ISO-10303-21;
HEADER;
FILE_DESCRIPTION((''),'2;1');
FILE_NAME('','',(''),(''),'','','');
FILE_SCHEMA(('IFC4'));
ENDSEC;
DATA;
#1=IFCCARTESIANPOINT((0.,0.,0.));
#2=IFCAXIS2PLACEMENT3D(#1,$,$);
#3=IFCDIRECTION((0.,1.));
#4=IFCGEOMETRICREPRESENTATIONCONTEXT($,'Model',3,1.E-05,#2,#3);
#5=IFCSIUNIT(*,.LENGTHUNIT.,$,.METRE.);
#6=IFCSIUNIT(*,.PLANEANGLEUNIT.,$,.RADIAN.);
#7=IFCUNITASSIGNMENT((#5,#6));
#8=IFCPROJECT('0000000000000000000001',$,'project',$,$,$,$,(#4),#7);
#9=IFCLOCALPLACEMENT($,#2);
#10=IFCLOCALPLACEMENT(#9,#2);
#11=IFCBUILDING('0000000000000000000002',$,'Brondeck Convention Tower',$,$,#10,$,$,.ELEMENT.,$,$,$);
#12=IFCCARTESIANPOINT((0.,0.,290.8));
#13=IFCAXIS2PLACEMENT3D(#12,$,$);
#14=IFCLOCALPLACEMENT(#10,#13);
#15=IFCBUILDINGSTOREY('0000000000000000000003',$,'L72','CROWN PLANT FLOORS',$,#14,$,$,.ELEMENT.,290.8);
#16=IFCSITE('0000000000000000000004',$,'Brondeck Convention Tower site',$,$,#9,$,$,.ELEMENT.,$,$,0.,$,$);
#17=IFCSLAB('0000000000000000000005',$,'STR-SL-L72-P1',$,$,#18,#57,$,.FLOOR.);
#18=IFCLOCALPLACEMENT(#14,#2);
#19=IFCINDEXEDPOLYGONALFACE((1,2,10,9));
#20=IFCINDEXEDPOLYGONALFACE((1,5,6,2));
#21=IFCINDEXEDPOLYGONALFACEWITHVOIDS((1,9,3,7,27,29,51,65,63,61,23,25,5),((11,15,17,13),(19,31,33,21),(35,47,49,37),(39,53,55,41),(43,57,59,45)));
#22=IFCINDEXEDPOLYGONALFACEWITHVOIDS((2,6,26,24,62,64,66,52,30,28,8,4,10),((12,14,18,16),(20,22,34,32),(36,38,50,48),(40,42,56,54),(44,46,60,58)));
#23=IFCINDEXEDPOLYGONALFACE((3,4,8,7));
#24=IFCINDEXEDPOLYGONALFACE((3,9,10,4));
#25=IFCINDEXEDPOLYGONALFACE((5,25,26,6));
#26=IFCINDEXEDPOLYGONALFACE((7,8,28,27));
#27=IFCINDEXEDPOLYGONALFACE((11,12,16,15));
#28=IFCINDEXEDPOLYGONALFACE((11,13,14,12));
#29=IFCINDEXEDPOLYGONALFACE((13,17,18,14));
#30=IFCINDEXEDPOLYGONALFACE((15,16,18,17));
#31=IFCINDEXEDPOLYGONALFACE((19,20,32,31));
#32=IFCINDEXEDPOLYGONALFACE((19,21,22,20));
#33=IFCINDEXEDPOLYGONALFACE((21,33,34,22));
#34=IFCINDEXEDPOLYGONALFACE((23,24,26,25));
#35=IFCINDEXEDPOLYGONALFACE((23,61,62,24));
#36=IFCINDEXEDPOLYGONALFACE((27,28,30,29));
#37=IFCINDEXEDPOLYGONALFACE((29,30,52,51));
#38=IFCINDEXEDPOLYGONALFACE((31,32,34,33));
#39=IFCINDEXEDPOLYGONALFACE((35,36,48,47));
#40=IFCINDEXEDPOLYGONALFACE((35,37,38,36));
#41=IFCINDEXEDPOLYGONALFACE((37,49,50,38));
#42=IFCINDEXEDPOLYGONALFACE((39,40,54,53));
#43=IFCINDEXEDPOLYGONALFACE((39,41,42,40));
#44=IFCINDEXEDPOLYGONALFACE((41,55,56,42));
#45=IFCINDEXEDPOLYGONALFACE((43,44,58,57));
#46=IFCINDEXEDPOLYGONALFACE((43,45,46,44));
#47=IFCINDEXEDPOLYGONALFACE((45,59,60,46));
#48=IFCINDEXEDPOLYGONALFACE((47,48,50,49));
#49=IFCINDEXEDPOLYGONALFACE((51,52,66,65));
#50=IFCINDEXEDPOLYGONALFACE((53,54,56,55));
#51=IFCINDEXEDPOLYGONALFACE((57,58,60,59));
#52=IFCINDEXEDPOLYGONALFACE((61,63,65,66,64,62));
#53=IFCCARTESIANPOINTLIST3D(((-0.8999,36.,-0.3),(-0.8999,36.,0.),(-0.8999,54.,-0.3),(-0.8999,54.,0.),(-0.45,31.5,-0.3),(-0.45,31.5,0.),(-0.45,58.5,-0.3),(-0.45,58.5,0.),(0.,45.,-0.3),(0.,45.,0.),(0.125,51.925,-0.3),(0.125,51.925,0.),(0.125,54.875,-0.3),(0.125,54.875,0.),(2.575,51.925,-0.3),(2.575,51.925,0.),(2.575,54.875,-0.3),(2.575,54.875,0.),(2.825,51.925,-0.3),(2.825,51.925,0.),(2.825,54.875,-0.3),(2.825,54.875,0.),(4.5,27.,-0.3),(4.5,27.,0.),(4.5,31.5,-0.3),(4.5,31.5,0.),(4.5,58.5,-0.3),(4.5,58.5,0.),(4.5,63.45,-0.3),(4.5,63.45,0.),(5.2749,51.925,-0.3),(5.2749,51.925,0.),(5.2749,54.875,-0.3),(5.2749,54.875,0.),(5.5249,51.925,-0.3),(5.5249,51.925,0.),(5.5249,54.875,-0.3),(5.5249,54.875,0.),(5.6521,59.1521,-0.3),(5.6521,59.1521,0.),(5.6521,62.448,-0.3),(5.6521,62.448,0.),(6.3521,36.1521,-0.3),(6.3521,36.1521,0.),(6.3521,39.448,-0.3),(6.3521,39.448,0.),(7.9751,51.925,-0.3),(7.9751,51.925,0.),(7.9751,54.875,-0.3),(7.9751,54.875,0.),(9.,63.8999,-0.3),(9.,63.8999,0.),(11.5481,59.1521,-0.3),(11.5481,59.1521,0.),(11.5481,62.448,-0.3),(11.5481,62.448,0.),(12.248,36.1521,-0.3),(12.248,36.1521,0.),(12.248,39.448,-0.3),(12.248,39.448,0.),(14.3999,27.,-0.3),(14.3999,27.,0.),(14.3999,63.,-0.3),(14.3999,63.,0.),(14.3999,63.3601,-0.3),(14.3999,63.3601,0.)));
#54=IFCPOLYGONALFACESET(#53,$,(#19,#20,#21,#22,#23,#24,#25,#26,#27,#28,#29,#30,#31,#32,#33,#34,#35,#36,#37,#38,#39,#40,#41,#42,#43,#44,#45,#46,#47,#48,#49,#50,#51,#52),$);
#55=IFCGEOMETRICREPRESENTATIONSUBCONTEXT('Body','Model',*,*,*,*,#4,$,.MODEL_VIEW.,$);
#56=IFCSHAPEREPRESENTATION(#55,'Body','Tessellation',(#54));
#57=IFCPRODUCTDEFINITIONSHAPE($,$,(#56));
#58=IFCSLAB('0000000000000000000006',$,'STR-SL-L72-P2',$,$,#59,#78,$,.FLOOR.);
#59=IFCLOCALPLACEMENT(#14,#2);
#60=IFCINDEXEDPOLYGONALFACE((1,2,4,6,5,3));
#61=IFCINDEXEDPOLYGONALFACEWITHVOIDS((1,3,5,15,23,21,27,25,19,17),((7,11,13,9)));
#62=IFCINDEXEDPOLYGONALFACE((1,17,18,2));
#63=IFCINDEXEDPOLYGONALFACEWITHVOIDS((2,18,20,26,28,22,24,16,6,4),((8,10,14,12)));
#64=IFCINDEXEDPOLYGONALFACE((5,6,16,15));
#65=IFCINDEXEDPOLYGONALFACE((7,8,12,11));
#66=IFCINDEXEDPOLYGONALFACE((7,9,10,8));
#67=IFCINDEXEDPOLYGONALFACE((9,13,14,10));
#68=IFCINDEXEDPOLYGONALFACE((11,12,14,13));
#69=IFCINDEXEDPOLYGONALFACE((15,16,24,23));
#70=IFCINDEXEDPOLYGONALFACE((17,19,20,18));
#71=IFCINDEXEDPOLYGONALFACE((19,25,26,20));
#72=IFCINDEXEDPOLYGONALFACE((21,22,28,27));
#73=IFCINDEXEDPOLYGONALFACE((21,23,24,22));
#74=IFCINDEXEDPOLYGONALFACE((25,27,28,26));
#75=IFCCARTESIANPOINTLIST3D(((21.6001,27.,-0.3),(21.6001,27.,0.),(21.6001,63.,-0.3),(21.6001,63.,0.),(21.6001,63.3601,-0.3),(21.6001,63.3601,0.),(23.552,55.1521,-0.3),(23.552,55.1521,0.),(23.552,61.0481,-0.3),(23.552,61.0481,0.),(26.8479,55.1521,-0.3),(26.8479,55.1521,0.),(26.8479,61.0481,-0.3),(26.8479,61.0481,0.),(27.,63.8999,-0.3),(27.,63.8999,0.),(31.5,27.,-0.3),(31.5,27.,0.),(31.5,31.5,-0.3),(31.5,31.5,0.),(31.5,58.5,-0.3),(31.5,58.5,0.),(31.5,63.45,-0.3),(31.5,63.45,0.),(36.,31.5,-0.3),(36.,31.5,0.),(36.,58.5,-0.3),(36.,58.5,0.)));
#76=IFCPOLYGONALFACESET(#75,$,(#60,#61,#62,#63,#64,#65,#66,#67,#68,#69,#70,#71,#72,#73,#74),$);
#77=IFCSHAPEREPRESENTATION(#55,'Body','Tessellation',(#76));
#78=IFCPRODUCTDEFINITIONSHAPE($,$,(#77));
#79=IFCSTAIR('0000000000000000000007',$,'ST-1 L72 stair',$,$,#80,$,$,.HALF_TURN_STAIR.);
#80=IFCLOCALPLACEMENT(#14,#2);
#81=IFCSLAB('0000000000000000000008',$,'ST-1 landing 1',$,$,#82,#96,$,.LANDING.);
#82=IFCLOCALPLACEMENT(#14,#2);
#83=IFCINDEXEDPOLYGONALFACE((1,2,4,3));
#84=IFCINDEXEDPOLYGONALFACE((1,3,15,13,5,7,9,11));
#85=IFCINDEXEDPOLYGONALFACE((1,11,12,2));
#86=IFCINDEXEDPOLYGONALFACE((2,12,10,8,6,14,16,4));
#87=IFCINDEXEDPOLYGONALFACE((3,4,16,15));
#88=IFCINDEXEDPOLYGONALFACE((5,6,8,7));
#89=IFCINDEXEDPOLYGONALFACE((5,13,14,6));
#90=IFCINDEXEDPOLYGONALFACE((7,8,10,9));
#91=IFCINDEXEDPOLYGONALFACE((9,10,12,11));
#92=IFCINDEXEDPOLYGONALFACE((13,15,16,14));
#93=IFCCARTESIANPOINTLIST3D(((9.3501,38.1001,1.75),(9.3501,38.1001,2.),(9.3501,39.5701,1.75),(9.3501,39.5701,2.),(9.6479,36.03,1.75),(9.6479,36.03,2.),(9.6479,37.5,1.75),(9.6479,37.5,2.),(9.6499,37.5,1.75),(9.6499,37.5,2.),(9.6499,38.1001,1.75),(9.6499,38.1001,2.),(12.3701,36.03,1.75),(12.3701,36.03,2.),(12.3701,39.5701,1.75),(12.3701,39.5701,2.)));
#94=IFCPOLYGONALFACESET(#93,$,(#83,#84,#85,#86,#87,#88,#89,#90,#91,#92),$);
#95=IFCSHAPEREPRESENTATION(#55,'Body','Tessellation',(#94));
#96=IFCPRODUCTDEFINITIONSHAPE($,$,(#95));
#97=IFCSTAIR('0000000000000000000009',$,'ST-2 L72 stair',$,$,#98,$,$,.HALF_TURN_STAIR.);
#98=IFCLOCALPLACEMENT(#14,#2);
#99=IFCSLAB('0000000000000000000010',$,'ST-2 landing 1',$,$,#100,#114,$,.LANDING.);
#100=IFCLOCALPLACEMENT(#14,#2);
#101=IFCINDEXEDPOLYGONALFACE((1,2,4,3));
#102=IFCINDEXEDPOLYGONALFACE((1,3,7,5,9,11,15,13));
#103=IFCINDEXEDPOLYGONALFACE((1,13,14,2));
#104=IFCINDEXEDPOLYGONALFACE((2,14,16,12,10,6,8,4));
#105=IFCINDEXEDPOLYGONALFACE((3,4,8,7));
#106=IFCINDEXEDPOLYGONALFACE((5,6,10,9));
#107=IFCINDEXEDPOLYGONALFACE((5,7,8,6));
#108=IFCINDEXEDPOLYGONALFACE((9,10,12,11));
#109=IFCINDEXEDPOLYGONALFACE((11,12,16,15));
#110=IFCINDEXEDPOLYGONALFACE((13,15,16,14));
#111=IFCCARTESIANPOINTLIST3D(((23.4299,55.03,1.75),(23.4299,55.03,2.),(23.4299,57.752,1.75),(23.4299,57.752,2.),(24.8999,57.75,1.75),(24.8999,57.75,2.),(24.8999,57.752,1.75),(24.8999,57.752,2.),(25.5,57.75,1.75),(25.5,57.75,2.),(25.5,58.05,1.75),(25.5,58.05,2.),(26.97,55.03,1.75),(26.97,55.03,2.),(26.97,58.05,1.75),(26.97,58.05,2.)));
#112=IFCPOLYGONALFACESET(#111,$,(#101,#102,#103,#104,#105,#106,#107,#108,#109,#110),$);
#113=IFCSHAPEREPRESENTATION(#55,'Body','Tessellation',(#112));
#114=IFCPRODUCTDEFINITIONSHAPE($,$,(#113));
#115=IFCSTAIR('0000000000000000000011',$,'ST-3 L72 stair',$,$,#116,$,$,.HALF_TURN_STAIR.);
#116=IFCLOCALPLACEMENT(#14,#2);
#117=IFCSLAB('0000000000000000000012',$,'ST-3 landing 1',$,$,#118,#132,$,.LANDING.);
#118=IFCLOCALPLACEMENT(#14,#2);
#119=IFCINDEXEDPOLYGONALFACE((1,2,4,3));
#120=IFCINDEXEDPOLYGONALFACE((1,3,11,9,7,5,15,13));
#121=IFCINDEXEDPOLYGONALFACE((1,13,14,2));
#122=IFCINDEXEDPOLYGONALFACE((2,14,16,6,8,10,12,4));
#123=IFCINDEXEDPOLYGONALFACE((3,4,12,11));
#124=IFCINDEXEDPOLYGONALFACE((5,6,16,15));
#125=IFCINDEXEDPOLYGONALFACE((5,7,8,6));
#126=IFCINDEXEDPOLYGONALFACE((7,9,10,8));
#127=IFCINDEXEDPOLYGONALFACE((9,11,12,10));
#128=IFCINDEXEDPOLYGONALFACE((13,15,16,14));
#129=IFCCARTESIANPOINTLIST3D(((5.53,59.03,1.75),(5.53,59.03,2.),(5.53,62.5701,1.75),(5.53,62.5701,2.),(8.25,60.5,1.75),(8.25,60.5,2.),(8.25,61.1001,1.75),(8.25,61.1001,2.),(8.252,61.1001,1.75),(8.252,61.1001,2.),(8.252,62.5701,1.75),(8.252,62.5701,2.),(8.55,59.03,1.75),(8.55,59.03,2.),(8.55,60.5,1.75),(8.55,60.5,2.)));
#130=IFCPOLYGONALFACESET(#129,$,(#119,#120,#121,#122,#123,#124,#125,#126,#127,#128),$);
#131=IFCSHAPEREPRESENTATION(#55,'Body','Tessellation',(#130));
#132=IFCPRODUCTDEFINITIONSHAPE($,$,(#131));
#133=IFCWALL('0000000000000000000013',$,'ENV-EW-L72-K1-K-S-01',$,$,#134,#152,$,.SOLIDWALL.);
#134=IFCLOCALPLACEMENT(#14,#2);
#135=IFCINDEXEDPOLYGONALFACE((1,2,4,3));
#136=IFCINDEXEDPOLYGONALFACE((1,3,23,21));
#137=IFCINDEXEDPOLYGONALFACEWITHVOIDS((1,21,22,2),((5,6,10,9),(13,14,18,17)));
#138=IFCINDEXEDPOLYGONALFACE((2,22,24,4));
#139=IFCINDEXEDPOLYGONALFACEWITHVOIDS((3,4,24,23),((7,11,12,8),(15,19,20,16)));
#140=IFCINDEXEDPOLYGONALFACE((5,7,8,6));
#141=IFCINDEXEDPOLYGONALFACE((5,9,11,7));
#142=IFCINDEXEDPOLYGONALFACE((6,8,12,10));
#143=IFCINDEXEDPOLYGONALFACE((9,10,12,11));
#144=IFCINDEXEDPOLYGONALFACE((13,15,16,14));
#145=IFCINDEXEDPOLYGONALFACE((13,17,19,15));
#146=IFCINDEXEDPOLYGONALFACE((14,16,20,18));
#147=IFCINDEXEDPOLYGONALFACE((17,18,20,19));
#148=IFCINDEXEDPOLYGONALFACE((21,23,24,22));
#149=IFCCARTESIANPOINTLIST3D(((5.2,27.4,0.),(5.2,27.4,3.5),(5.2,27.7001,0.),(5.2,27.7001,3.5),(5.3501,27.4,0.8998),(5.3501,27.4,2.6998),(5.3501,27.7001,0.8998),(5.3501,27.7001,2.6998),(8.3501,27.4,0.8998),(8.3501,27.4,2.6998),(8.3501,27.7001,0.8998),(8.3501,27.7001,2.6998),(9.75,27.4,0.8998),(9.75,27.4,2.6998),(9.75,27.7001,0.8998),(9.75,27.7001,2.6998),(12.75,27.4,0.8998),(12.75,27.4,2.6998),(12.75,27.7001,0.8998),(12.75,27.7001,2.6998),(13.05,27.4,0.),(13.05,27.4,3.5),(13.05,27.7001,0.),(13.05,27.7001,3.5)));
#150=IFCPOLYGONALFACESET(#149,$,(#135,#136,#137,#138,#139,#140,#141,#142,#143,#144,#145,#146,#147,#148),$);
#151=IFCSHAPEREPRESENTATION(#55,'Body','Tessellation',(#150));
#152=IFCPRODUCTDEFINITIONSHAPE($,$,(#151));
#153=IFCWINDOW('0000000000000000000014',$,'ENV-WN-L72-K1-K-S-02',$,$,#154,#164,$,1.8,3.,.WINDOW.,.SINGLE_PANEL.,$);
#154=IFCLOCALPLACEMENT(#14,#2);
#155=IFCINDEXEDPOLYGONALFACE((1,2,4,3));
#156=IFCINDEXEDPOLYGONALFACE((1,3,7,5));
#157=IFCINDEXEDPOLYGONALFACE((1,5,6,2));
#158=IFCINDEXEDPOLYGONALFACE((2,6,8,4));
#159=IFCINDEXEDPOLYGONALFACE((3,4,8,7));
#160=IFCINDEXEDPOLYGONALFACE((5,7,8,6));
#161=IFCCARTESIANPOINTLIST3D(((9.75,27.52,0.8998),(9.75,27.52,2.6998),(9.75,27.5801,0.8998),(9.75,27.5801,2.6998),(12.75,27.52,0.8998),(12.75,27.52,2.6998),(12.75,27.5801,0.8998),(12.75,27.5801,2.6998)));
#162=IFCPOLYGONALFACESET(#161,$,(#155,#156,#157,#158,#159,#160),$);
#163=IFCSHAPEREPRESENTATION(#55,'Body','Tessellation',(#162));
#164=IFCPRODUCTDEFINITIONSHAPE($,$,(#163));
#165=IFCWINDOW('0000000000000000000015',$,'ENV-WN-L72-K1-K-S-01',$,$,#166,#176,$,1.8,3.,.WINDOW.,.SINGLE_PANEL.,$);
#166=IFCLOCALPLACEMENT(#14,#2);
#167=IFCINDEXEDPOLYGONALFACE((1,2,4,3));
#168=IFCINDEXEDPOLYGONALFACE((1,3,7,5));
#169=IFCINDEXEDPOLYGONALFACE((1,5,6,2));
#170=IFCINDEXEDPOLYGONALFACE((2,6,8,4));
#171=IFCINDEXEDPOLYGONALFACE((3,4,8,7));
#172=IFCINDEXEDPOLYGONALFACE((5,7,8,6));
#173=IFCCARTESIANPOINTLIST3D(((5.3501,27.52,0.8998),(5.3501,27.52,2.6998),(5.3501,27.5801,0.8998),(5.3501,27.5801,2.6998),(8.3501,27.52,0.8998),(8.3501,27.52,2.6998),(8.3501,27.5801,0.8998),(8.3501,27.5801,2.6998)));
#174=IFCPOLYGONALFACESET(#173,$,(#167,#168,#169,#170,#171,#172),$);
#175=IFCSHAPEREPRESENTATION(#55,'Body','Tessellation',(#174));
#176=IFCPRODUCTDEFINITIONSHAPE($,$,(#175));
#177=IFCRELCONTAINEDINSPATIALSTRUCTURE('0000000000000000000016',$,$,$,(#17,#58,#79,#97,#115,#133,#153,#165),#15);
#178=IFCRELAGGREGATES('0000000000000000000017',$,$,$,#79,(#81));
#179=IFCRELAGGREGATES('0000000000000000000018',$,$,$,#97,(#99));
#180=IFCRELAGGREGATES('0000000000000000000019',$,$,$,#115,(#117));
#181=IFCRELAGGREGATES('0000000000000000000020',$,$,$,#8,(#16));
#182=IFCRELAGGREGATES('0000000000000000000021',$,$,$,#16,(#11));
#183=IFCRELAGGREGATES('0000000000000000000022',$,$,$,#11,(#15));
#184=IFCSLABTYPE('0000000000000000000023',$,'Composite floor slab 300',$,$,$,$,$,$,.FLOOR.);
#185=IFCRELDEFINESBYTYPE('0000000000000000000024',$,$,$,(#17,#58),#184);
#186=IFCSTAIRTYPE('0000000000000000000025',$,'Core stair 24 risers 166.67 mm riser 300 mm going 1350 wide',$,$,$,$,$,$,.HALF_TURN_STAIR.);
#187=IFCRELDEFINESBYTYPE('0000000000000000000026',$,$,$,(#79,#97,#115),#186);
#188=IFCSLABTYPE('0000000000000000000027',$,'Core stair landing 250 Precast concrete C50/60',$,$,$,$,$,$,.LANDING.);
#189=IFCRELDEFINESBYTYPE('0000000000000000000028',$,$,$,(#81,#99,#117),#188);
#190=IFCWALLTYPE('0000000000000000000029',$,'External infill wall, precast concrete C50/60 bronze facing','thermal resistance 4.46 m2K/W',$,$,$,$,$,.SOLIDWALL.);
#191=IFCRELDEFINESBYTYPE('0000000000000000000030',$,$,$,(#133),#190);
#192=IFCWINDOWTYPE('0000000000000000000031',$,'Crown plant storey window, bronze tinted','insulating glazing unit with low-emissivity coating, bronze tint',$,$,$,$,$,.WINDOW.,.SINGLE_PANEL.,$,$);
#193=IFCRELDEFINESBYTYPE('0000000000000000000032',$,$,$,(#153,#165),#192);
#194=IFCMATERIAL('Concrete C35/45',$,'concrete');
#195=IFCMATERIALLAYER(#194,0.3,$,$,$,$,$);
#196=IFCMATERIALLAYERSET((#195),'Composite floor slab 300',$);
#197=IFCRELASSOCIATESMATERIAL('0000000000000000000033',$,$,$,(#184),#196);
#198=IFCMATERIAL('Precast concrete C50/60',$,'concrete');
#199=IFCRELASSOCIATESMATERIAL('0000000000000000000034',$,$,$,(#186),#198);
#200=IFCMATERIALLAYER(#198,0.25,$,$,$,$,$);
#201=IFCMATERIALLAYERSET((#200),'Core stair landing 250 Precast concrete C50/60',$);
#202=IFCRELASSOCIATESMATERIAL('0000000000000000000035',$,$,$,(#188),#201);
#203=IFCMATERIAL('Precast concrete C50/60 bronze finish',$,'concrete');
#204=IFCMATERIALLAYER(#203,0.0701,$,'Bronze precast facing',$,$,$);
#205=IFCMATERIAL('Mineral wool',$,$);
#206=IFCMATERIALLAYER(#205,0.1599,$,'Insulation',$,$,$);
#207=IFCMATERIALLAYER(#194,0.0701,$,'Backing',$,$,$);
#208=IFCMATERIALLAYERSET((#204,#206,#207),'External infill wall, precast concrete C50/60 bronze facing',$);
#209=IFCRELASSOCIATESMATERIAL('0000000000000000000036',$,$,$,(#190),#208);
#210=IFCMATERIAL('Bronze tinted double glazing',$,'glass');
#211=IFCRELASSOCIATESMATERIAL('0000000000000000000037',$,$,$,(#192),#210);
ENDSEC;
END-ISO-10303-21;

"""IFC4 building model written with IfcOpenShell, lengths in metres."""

from ifc_helpers import new_model, si_unit, direction, frame, frame_2d, origin, place, context, subcontext, project, spatial, polyline, rectangle, outline, extrude, material, layer, layer_set, type_object, element, fill, aggregate, save


model = new_model("IFC4")

# Units and contexts
model_context = context("Model", 3, precision=1e-05, world=origin(), true_north=direction((0.0, 1.0)))
body_context = subcontext(model_context, "Body", "Model", "MODEL_VIEW")
ifc_project = project(units=[si_unit("LENGTHUNIT", "METRE"), si_unit("PLANEANGLEUNIT", "RADIAN")], contexts=[model_context])

# Site, building, storey
site_placement = place(None, origin())
site = spatial("IfcSite", under=ifc_project, at=site_placement, Name="Brondeck Convention Tower site", CompositionType="ELEMENT", RefElevation=0.0)
building_placement = place(site_placement, origin())
building = spatial("IfcBuilding", under=site, at=building_placement, Name="Brondeck Convention Tower", CompositionType="ELEMENT")
storey_placement = place(building_placement, frame((0.0, 0.0, 290.8)))
storey = spatial("IfcBuildingStorey", under=building, at=storey_placement, Name="L72", Description="CROWN PLANT FLOORS", CompositionType="ELEMENT", Elevation=290.8)

# Slabs
ifc_material_1 = material(Name="Concrete C35/45", Category="concrete")
ifc_layer_1 = layer(ifc_material_1, 0.3)
ifc_layer_set_1 = layer_set([ifc_layer_1], Name="Composite floor slab 300")
slab_type_1 = type_object("IfcSlabType", Name="Composite floor slab 300", PredefinedType="FLOOR", material=ifc_layer_set_1)
slab_1_placement = place(storey_placement, frame((0.0, 0.0, -0.3)))
element("IfcSlab", 1, at=slab_1_placement, inside=storey, type_object=slab_type_1, Name="STR-SL-L72-P1", PredefinedType="FLOOR", context=body_context, shape_type="SweptSolid", body=[
    extrude(outline(polyline([(4.5, 31.5), (-0.45, 31.5), (-0.8999, 36.0), (0.0, 45.0), (-0.8999, 54.0), (-0.45, 58.5), (4.5, 58.5), (4.5, 63.45), (9.0, 63.8999), (14.3999, 63.3601), (14.3999, 63.0), (14.3999, 27.0), (4.5, 27.0), (4.5, 31.5)]), holes=[polyline([(6.3521, 39.448), (6.3521, 36.1521), (12.248, 36.1521), (12.248, 39.448), (6.3521, 39.448)]), polyline([(2.575, 54.875), (0.125, 54.875), (0.125, 51.925), (2.575, 51.925), (2.575, 54.875)]), polyline([(5.2749, 54.875), (2.825, 54.875), (2.825, 51.925), (5.2749, 51.925), (5.2749, 54.875)]), polyline([(5.5249, 54.875), (5.5249, 51.925), (7.9751, 51.925), (7.9751, 54.875), (5.5249, 54.875)]), polyline([(5.6521, 59.1521), (11.5481, 59.1521), (11.5481, 62.448), (5.6521, 62.448), (5.6521, 59.1521)])]), origin(), (0.0, 0.0, 1.0), 0.3),
])
slab_2_placement = place(storey_placement, frame((0.0, 0.0, -0.3)))
element("IfcSlab", 2, at=slab_2_placement, inside=storey, type_object=slab_type_1, Name="STR-SL-L72-P2", PredefinedType="FLOOR", context=body_context, shape_type="SweptSolid", body=[
    extrude(outline(polyline([(21.6001, 63.0), (21.6001, 63.3601), (27.0, 63.8999), (31.5, 63.45), (31.5, 58.5), (36.0, 58.5), (36.0, 31.5), (31.5, 31.5), (31.5, 27.0), (21.6001, 27.0), (21.6001, 63.0)]), holes=[polyline([(26.8479, 55.1521), (26.8479, 61.0481), (23.552, 61.0481), (23.552, 55.1521), (26.8479, 55.1521)])]), origin(), (0.0, 0.0, 1.0), 0.3),
])

# Stairs, slabs
ifc_material_2 = material(Name="Precast concrete C50/60", Category="concrete")
stair_type = type_object("IfcStairType", Name="Core stair 24 risers 166.67 mm riser 300 mm going 1350 wide", PredefinedType="HALF_TURN_STAIR", material=ifc_material_2)
stair_1_placement = place(storey_placement, origin())
stair_1 = element("IfcStair", 3, at=stair_1_placement, inside=storey, type_object=stair_type, Name="ST-1 L72 stair", PredefinedType="HALF_TURN_STAIR")
ifc_layer_2 = layer(ifc_material_2, 0.25)
ifc_layer_set_2 = layer_set([ifc_layer_2], Name="Core stair landing 250 Precast concrete C50/60")
slab_type_2 = type_object("IfcSlabType", Name="Core stair landing 250 Precast concrete C50/60", PredefinedType="LANDING", material=ifc_layer_set_2)
slab_3_placement = place(storey_placement, frame((0.0, 0.0, 1.75)))
slab_3 = element("IfcSlab", 4, at=slab_3_placement, type_object=slab_type_2, Name="ST-1 landing 1", PredefinedType="LANDING", context=body_context, shape_type="SweptSolid", body=[
    extrude(outline(polyline([(9.6479, 37.5), (9.6499, 37.5), (9.6499, 38.1001), (9.3501, 38.1001), (9.3501, 39.5701), (12.3701, 39.5701), (12.3701, 36.03), (9.6479, 36.03), (9.6479, 37.5)])), origin(), (0.0, 0.0, 1.0), 0.25),
])
aggregate(stair_1, [slab_3])
stair_2_placement = place(storey_placement, origin())
stair_2 = element("IfcStair", 5, at=stair_2_placement, inside=storey, type_object=stair_type, Name="ST-2 L72 stair", PredefinedType="HALF_TURN_STAIR")
slab_4_placement = place(storey_placement, frame((0.0, 0.0, 1.75)))
slab_4 = element("IfcSlab", 6, at=slab_4_placement, type_object=slab_type_2, Name="ST-2 landing 1", PredefinedType="LANDING", context=body_context, shape_type="SweptSolid", body=[
    extrude(outline(polyline([(23.4299, 57.752), (24.8999, 57.752), (24.8999, 57.75), (25.5, 57.75), (25.5, 58.05), (26.97, 58.05), (26.97, 55.03), (23.4299, 55.03), (23.4299, 57.752)])), origin(), (0.0, 0.0, 1.0), 0.25),
])
aggregate(stair_2, [slab_4])
stair_3_placement = place(storey_placement, origin())
stair_3 = element("IfcStair", 7, at=stair_3_placement, inside=storey, type_object=stair_type, Name="ST-3 L72 stair", PredefinedType="HALF_TURN_STAIR")
slab_5_placement = place(storey_placement, frame((0.0, 0.0, 1.75)))
slab_5 = element("IfcSlab", 8, at=slab_5_placement, type_object=slab_type_2, Name="ST-3 landing 1", PredefinedType="LANDING", context=body_context, shape_type="SweptSolid", body=[
    extrude(outline(polyline([(8.55, 60.5), (8.55, 59.03), (5.53, 59.03), (5.53, 62.5701), (8.252, 62.5701), (8.252, 61.1001), (8.25, 61.1001), (8.25, 60.5), (8.55, 60.5)])), origin(), (0.0, 0.0, 1.0), 0.25),
])
aggregate(stair_3, [slab_5])

# Wall, openings, windows
ifc_material_3 = material(Name="Precast concrete C50/60 bronze finish", Category="concrete")
ifc_layer_3 = layer(ifc_material_3, 0.0701, Name="Bronze precast facing")
ifc_material_4 = material(Name="Mineral wool")
ifc_layer_4 = layer(ifc_material_4, 0.1599, Name="Insulation")
ifc_layer_5 = layer(ifc_material_1, 0.0701, Name="Backing")
ifc_layer_set_3 = layer_set([ifc_layer_3, ifc_layer_4, ifc_layer_5], Name="External infill wall, precast concrete C50/60 bronze facing")
wall_type_1 = type_object("IfcWallType", Name="External infill wall, precast concrete C50/60 bronze facing", Description="thermal resistance 4.46 m2K/W", PredefinedType="SOLIDWALL", material=ifc_layer_set_3)
wall_1_placement = place(storey_placement, frame((13.05, 27.55, 0.0), z_axis=(0.0, 0.0, 1.0), x_axis=(-1.0, 0.0, 0.0)))
wall_1 = element("IfcWall", 9, at=wall_1_placement, inside=storey, type_object=wall_type_1, Name="ENV-EW-L72-K1-K-S-01", PredefinedType="SOLIDWALL", context=body_context, shape_type="SweptSolid", body=[
    extrude(rectangle(XDim=7.8501, YDim=0.3, at=frame_2d((3.925, 0.0))), origin(), (0.0, 0.0, 1.0), 3.5),
])
opening_1_placement = place(wall_1_placement, frame((0.3, 0.0, 0.8999)))
opening_1 = element("IfcOpeningElement", 10, at=opening_1_placement, cuts=wall_1, PredefinedType="OPENING", context=body_context, shape_type="SweptSolid", body=[
    extrude(rectangle(XDim=3.0, YDim=1.8, at=frame_2d((1.5, 0.8999))), frame((0.0, 0.1599, 0.0), z_axis=(0.0, -1.0, 0.0), x_axis=(1.0, 0.0, 0.0)), (0.0, 0.0, 1.0), 0.3201),
])
opening_2_placement = place(wall_1_placement, frame((4.7, 0.0, 0.8999)))
opening_2 = element("IfcOpeningElement", 11, at=opening_2_placement, cuts=wall_1, PredefinedType="OPENING", context=body_context, shape_type="SweptSolid", body=[
    extrude(rectangle(XDim=3.0, YDim=1.8, at=frame_2d((1.5, 0.8999))), frame((0.0, 0.1599, 0.0), z_axis=(0.0, -1.0, 0.0), x_axis=(1.0, 0.0, 0.0)), (0.0, 0.0, 1.0), 0.3201),
])
ifc_material_5 = material(Name="Bronze tinted double glazing", Category="glass")
window_type = type_object("IfcWindowType", Name="Crown plant storey window, bronze tinted", Description="insulating glazing unit with low-emissivity coating, bronze tint", PartitioningType="SINGLE_PANEL", PredefinedType="WINDOW", material=ifc_material_5)
window_1_placement = place(opening_1_placement, origin())
window_1 = element("IfcWindow", 12, at=window_1_placement, inside=storey, type_object=window_type, Name="ENV-WN-L72-K1-K-S-02", OverallHeight=1.8, OverallWidth=3.0, PartitioningType="SINGLE_PANEL", PredefinedType="WINDOW", context=body_context, shape_type="SweptSolid", body=[
    extrude(rectangle(XDim=3.0, YDim=1.8, at=frame_2d((1.5, 0.8999))), frame((0.0, 0.03, 0.0), z_axis=(0.0, -1.0, 0.0), x_axis=(1.0, 0.0, 0.0)), (0.0, 0.0, 1.0), 0.0601),
])
fill(opening_1, window_1)
window_2_placement = place(opening_2_placement, origin())
window_2 = element("IfcWindow", 13, at=window_2_placement, inside=storey, type_object=window_type, Name="ENV-WN-L72-K1-K-S-01", OverallHeight=1.8, OverallWidth=3.0, PartitioningType="SINGLE_PANEL", PredefinedType="WINDOW", context=body_context, shape_type="SweptSolid", body=[
    extrude(rectangle(XDim=3.0, YDim=1.8, at=frame_2d((1.5, 0.8999))), frame((0.0, 0.03, 0.0), z_axis=(0.0, -1.0, 0.0), x_axis=(1.0, 0.0, 0.0)), (0.0, 0.0, 1.0), 0.0601),
])
fill(opening_2, window_2)

save(model, "model.ifc")
